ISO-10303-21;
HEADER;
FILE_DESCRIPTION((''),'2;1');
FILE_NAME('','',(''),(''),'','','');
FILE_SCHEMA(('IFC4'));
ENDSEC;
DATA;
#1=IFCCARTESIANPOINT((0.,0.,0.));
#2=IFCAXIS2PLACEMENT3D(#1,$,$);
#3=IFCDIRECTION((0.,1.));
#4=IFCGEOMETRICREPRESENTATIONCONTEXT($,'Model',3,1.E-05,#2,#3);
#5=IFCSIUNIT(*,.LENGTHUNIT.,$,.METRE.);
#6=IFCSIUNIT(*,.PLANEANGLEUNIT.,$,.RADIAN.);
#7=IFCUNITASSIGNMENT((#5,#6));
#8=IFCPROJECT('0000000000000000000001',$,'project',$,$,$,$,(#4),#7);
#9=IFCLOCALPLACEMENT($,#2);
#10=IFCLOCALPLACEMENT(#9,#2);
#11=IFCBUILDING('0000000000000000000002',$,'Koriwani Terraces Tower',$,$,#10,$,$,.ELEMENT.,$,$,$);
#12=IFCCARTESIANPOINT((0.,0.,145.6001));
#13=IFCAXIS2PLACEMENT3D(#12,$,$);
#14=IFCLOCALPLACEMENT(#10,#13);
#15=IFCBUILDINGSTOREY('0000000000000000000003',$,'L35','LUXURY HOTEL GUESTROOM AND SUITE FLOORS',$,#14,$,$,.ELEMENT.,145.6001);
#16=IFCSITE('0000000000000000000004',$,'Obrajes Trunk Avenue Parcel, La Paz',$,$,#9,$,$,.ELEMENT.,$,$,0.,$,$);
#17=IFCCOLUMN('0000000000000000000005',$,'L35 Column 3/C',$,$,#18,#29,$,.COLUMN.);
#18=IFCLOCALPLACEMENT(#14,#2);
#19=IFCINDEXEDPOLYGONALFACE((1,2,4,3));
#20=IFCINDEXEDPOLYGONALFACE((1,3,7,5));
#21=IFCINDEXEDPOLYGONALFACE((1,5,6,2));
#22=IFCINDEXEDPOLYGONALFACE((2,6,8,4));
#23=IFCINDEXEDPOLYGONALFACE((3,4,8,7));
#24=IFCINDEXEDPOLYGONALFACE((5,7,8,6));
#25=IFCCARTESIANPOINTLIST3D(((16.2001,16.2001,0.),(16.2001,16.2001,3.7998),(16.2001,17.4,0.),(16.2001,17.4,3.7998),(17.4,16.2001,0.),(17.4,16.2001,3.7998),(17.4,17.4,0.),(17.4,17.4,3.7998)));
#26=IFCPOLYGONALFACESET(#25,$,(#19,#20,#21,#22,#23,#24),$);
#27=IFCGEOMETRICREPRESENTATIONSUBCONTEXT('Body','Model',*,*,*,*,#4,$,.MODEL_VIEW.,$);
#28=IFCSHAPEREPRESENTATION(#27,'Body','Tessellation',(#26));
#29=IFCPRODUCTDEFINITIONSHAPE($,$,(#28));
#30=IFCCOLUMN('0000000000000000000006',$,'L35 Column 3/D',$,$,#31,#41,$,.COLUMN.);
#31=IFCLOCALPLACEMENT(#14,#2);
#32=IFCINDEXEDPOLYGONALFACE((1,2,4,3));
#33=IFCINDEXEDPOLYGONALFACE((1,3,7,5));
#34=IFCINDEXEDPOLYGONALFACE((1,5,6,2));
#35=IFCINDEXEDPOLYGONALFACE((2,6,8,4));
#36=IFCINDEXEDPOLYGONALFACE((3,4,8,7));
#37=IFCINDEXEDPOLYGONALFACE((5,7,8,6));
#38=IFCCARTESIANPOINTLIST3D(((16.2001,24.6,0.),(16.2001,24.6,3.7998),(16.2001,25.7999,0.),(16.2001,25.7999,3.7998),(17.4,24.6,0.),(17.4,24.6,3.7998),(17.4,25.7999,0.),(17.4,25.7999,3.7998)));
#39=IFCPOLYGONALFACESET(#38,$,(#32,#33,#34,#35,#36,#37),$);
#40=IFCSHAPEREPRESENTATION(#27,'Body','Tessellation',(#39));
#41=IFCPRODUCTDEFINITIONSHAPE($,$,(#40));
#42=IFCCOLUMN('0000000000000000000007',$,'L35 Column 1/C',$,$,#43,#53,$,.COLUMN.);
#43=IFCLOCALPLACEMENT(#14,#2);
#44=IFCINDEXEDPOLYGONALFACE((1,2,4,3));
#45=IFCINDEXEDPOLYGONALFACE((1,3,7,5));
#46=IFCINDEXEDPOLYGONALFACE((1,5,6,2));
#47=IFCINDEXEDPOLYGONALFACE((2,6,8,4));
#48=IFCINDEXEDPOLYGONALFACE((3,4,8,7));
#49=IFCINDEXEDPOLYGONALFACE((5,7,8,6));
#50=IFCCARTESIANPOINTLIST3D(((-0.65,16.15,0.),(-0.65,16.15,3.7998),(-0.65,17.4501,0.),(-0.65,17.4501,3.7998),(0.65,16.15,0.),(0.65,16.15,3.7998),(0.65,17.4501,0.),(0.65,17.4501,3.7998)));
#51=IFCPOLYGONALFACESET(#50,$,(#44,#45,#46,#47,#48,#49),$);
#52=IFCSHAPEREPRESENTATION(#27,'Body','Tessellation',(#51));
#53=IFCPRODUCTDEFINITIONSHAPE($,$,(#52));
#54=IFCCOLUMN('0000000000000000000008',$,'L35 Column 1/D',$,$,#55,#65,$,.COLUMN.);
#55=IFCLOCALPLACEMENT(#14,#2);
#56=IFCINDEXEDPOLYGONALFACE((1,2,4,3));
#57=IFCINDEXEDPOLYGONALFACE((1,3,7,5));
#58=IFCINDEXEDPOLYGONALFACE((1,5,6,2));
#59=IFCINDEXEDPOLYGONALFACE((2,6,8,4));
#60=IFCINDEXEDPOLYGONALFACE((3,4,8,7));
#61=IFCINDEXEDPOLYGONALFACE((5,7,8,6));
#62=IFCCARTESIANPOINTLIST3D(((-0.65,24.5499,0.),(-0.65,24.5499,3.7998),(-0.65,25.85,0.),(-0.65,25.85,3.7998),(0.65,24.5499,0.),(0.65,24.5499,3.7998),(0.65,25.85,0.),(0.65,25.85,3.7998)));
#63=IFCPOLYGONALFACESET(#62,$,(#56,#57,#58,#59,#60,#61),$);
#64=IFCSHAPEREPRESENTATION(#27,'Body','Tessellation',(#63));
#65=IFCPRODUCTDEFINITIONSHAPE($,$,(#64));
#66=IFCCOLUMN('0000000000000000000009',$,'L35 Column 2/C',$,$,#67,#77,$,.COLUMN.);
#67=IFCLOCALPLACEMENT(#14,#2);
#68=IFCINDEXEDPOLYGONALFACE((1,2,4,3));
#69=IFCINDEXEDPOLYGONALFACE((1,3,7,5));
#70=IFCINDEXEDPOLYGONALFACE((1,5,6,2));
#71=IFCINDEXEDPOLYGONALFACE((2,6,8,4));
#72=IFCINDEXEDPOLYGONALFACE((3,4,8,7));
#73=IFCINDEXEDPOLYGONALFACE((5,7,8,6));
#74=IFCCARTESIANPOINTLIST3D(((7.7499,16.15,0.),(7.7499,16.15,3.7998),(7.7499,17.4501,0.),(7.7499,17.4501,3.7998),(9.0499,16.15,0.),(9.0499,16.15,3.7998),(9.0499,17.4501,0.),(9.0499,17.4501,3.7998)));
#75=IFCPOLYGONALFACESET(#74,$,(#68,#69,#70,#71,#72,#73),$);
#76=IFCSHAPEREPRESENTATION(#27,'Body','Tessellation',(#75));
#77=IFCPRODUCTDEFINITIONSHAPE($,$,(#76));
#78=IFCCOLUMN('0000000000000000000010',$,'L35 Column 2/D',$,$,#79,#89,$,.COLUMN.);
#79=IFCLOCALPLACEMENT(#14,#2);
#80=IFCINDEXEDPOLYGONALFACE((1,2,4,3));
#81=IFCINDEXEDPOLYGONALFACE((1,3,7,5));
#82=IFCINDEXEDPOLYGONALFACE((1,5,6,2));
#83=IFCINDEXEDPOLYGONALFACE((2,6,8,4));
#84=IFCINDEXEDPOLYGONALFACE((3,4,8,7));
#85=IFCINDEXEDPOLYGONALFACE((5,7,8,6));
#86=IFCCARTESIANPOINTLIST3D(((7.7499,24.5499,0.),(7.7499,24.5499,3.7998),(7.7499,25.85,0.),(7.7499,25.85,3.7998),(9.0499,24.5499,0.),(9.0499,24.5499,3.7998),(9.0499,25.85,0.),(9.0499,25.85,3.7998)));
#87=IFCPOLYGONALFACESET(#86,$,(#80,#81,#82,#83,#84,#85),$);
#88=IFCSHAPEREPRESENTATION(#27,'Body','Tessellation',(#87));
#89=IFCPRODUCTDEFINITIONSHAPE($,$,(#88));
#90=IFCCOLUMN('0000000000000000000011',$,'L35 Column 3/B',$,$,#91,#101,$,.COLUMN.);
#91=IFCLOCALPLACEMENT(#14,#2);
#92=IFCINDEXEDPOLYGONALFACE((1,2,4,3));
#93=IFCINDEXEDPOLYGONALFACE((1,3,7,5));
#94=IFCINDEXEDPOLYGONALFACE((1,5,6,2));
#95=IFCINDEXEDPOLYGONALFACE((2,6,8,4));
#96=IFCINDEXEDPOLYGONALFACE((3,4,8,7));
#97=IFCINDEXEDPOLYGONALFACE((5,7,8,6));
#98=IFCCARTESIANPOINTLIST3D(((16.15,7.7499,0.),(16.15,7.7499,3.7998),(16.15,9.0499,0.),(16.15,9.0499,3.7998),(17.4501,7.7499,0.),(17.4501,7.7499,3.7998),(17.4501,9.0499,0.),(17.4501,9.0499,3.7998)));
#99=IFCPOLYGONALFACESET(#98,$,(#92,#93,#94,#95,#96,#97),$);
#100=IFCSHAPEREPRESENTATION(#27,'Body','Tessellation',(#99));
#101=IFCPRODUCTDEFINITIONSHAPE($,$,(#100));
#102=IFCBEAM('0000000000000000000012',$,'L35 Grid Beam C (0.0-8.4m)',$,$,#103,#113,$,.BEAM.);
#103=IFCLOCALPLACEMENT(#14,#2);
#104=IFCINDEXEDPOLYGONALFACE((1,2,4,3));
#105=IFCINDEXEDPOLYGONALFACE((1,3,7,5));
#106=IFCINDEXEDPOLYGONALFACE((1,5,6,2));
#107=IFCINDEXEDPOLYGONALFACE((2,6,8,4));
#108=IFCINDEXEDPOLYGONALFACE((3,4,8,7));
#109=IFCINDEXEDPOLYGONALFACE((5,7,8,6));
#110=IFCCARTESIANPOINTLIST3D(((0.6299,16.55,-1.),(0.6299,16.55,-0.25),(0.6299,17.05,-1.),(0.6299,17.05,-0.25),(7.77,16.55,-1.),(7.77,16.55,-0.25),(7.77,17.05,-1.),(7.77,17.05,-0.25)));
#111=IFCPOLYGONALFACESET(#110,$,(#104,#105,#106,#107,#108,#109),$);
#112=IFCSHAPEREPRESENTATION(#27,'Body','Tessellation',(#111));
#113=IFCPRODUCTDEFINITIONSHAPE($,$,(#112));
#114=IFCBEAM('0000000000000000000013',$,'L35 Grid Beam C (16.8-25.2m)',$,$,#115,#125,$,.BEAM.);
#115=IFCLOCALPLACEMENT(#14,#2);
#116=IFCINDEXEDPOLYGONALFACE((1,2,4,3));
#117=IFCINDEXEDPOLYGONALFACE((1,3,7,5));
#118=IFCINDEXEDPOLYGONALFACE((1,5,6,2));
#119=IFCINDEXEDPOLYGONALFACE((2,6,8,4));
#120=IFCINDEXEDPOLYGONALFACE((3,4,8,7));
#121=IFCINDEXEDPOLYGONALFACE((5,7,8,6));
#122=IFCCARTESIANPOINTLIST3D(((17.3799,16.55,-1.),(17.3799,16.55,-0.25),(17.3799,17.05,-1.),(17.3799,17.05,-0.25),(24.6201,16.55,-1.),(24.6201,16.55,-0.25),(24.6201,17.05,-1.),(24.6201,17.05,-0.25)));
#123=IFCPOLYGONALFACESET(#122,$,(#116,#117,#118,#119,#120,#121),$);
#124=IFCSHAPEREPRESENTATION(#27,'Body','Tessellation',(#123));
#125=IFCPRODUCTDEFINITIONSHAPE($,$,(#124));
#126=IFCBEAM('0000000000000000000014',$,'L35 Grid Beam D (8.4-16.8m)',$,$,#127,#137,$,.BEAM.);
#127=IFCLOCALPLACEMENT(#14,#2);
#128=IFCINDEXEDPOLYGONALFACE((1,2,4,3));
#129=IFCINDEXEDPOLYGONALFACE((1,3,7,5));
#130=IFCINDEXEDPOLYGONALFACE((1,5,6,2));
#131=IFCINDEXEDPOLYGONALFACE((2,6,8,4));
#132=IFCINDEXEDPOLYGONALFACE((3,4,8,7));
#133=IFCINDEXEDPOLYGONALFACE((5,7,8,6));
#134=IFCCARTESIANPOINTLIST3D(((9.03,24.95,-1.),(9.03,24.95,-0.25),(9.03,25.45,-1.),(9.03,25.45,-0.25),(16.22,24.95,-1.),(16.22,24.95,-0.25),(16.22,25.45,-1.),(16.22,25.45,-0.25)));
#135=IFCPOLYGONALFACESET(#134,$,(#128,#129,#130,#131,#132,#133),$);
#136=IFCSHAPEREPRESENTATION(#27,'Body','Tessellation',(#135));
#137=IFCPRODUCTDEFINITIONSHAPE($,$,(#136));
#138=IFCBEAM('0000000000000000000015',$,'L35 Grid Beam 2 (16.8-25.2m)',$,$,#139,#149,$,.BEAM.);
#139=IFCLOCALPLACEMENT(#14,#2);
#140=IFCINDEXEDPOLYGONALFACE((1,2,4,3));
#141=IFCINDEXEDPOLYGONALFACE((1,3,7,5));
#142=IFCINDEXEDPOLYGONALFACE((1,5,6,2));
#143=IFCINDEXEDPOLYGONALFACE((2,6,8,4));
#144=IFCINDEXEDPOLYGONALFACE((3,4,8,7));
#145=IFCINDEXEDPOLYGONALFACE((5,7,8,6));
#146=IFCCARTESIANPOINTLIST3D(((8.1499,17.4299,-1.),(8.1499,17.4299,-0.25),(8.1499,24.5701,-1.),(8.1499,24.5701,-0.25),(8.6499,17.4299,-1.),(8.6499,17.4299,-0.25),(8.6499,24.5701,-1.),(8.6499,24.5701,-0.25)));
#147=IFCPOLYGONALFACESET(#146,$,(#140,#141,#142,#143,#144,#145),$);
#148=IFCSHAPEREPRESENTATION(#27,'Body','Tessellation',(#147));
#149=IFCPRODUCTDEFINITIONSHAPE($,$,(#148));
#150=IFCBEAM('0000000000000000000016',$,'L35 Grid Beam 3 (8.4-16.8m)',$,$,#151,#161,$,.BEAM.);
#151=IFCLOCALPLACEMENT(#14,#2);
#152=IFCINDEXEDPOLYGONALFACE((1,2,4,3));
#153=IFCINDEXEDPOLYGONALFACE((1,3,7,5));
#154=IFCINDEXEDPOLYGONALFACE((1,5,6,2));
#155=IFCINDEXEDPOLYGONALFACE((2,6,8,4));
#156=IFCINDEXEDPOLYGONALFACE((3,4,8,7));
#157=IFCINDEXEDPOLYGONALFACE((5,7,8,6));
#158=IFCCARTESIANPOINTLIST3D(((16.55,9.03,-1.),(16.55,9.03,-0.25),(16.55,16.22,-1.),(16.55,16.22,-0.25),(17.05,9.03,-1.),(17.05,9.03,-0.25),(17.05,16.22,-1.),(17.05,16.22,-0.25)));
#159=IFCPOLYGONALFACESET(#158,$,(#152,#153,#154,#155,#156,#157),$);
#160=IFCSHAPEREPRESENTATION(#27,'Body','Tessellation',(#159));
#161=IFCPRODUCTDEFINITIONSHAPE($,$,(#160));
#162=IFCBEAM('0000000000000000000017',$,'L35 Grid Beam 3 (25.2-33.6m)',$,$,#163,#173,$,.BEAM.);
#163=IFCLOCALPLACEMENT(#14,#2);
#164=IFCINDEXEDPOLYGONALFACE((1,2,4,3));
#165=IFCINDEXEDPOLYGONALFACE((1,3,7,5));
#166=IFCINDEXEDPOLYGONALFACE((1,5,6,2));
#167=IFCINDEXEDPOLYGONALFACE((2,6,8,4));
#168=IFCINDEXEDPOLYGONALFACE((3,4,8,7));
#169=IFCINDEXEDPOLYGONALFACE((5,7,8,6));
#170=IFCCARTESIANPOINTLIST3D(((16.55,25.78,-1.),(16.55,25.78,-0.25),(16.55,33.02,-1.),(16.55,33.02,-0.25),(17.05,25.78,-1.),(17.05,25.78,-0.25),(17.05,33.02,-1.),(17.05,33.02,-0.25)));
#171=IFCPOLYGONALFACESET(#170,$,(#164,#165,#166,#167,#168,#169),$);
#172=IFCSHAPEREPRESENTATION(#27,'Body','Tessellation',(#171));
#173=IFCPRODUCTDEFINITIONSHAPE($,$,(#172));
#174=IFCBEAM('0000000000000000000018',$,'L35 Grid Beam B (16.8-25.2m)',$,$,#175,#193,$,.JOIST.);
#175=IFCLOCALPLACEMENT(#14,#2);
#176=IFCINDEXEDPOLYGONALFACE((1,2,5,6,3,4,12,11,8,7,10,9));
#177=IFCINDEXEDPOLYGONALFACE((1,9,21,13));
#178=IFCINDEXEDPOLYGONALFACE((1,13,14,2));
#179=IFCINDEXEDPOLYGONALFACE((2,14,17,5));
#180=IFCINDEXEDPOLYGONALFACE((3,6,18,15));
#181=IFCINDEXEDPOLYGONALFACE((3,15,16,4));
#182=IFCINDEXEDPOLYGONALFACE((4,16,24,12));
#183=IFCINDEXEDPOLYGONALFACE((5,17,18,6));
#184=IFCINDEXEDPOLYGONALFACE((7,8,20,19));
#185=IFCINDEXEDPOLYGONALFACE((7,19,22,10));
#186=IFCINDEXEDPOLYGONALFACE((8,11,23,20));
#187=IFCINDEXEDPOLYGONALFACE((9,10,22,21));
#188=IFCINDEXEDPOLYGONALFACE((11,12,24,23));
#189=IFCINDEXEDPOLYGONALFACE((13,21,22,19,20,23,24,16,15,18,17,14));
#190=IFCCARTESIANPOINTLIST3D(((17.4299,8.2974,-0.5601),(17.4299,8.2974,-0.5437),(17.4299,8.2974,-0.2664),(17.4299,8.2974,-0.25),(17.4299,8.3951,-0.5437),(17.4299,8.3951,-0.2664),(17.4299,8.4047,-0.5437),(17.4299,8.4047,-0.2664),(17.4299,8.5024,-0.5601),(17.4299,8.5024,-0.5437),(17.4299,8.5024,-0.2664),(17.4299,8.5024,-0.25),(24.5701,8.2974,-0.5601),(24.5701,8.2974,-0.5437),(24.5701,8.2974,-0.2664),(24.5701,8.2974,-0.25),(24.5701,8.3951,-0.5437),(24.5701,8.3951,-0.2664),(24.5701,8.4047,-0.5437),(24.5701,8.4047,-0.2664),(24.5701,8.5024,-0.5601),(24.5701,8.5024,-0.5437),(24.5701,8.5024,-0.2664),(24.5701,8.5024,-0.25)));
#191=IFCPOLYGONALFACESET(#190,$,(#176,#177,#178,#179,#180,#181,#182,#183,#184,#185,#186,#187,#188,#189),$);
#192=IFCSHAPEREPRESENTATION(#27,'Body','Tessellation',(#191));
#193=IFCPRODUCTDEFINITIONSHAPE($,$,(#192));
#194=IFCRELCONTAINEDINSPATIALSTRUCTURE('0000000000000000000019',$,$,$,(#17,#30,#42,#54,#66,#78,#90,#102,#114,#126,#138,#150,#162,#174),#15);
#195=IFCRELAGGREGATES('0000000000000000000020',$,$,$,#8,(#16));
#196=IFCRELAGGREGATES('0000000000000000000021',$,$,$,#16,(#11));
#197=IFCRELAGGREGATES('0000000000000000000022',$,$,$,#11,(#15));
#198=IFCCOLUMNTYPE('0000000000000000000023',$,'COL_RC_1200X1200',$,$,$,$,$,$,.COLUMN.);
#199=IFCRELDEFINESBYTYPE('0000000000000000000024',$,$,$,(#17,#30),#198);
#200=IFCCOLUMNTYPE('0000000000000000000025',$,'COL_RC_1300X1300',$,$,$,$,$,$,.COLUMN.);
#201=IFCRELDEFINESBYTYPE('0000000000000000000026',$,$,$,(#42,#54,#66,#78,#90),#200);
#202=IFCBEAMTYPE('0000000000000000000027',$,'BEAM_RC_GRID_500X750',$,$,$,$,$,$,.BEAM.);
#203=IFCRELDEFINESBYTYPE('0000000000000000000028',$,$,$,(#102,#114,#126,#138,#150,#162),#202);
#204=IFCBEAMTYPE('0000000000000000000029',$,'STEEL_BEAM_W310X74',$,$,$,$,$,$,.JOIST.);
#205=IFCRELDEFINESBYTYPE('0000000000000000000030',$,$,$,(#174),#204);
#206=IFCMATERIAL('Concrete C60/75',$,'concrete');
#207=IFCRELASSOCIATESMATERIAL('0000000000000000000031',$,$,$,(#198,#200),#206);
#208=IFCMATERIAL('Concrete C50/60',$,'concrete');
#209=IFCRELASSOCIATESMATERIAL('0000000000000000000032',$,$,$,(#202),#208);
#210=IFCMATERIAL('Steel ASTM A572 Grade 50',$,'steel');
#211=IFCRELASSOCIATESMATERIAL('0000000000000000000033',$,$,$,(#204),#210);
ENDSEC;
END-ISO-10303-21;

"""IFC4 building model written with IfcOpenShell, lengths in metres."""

from ifc_helpers import new_model, si_unit, direction, frame, origin, origin_2d, place, context, subcontext, project, spatial, rectangle, i_section, extrude, material, material_profile, profile_set, type_object, element, save


model = new_model("IFC4")

# Units and contexts
model_context = context("Model", 3, precision=1e-05, world=origin(), true_north=direction((0.0, 1.0)))
body_context = subcontext(model_context, "Body", "Model", "MODEL_VIEW")
ifc_project = project(units=[si_unit("LENGTHUNIT", "METRE"), si_unit("PLANEANGLEUNIT", "RADIAN")], contexts=[model_context])

# Site, building, storey
site_placement = place(None, origin())
site = spatial("IfcSite", under=ifc_project, at=site_placement, Name="Obrajes Trunk Avenue Parcel, La Paz", CompositionType="ELEMENT", RefElevation=0.0)
building_placement = place(site_placement, origin())
building = spatial("IfcBuilding", under=site, at=building_placement, Name="Koriwani Terraces Tower", CompositionType="ELEMENT")
storey_placement = place(building_placement, frame((0.0, 0.0, 145.6001)))
storey = spatial("IfcBuildingStorey", under=building, at=storey_placement, Name="L35", Description="LUXURY HOTEL GUESTROOM AND SUITE FLOORS", CompositionType="ELEMENT", Elevation=145.6001)

# Columns
ifc_material_1 = material(Name="Concrete C60/75", Category="concrete")
ifc_material_profile_1 = material_profile(ifc_material_1, rectangle(XDim=1.2, YDim=1.2, at=origin_2d()), Name="Concrete C60/75", Category="LoadBearing")
ifc_profile_set_1 = profile_set([ifc_material_profile_1], Name="Concrete C60/75")
column_type_1 = type_object("IfcColumnType", Name="COL_RC_1200X1200", PredefinedType="COLUMN", material=ifc_profile_set_1)
for number, where, z_axis, x_axis, name in (
    (1, (16.8, 16.8, 0.0), (0.0, 0.0, 1.0), (1.0, 0.0, 0.0), "L35 Column 3/C"),
    (2, (16.8, 25.2, 0.0), (0.0, 0.0, 1.0), (1.0, 0.0, 0.0), "L35 Column 3/D"),
):
    element("IfcColumn", number, at=place(storey_placement, frame(where, z_axis=z_axis, x_axis=x_axis)), inside=storey, type_object=column_type_1, Name=name, PredefinedType="COLUMN", context=body_context, shape_type="SweptSolid", body=[
        extrude(rectangle(XDim=1.2, YDim=1.2, at=origin_2d()), origin(), (0.0, 0.0, 1.0), 3.7998),
    ])
ifc_material_profile_2 = material_profile(ifc_material_1, rectangle(XDim=1.3, YDim=1.3, at=origin_2d()), Name="Concrete C60/75", Category="LoadBearing")
ifc_profile_set_2 = profile_set([ifc_material_profile_2], Name="Concrete C60/75")
column_type_2 = type_object("IfcColumnType", Name="COL_RC_1300X1300", PredefinedType="COLUMN", material=ifc_profile_set_2)
for number, where, z_axis, x_axis, name in (
    (3, (0.0, 16.8, 0.0), (0.0, 0.0, 1.0), (1.0, 0.0, 0.0), "L35 Column 1/C"),
    (4, (0.0, 25.2, 0.0), (0.0, 0.0, 1.0), (1.0, 0.0, 0.0), "L35 Column 1/D"),
    (5, (8.3999, 16.8, 0.0), (0.0, 0.0, 1.0), (1.0, 0.0, 0.0), "L35 Column 2/C"),
    (6, (8.3999, 25.2, 0.0), (0.0, 0.0, 1.0), (1.0, 0.0, 0.0), "L35 Column 2/D"),
    (7, (16.8, 8.3999, 0.0), (0.0, 0.0, 1.0), (1.0, 0.0, 0.0), "L35 Column 3/B"),
):
    element("IfcColumn", number, at=place(storey_placement, frame(where, z_axis=z_axis, x_axis=x_axis)), inside=storey, type_object=column_type_2, Name=name, PredefinedType="COLUMN", context=body_context, shape_type="SweptSolid", body=[
        extrude(rectangle(XDim=1.3, YDim=1.3, at=origin_2d()), origin(), (0.0, 0.0, 1.0), 3.7998),
    ])

# Beams
ifc_material_2 = material(Name="Concrete C50/60", Category="concrete")
ifc_material_profile_3 = material_profile(ifc_material_2, rectangle(XDim=0.5, YDim=0.75, at=origin_2d()), Name="Concrete C50/60", Category="LoadBearing")
ifc_profile_set_3 = profile_set([ifc_material_profile_3], Name="Concrete C50/60")
beam_type_1 = type_object("IfcBeamType", Name="BEAM_RC_GRID_500X750", PredefinedType="BEAM", material=ifc_profile_set_3)
beam_1_placement = place(storey_placement, frame((0.6299, 16.8, -0.625), z_axis=(1.0, 0.0, 0.0), x_axis=(0.0, 1.0, 0.0)))
element("IfcBeam", 8, at=beam_1_placement, inside=storey, type_object=beam_type_1, Name="L35 Grid Beam C (0.0-8.4m)", PredefinedType="BEAM", context=body_context, shape_type="SweptSolid", body=[
    extrude(rectangle(XDim=0.5, YDim=0.75, at=origin_2d()), origin(), (0.0, 0.0, 1.0), 7.1401),
])
beam_2_placement = place(storey_placement, frame((17.3799, 16.8, -0.625), z_axis=(1.0, 0.0, 0.0), x_axis=(0.0, 1.0, 0.0)))
element("IfcBeam", 9, at=beam_2_placement, inside=storey, type_object=beam_type_1, Name="L35 Grid Beam C (16.8-25.2m)", PredefinedType="BEAM", context=body_context, shape_type="SweptSolid", body=[
    extrude(rectangle(XDim=0.5, YDim=0.75, at=origin_2d()), origin(), (0.0, 0.0, 1.0), 7.2402),
])
beam_3_placement = place(storey_placement, frame((9.03, 25.2, -0.625), z_axis=(1.0, 0.0, 0.0), x_axis=(0.0, 1.0, 0.0)))
element("IfcBeam", 10, at=beam_3_placement, inside=storey, type_object=beam_type_1, Name="L35 Grid Beam D (8.4-16.8m)", PredefinedType="BEAM", context=body_context, shape_type="SweptSolid", body=[
    extrude(rectangle(XDim=0.5, YDim=0.75, at=origin_2d()), origin(), (0.0, 0.0, 1.0), 7.1899),
])
beam_4_placement = place(storey_placement, frame((8.3999, 17.4299, -0.625), z_axis=(0.0, 1.0, 0.0), x_axis=(-1.0, 0.0, 0.0)))
element("IfcBeam", 11, at=beam_4_placement, inside=storey, type_object=beam_type_1, Name="L35 Grid Beam 2 (16.8-25.2m)", PredefinedType="BEAM", context=body_context, shape_type="SweptSolid", body=[
    extrude(rectangle(XDim=0.5, YDim=0.75, at=origin_2d()), origin(), (0.0, 0.0, 1.0), 7.1401),
])
beam_5_placement = place(storey_placement, frame((16.8, 9.03, -0.625), z_axis=(0.0, 1.0, 0.0), x_axis=(-1.0, 0.0, 0.0)))
element("IfcBeam", 12, at=beam_5_placement, inside=storey, type_object=beam_type_1, Name="L35 Grid Beam 3 (8.4-16.8m)", PredefinedType="BEAM", context=body_context, shape_type="SweptSolid", body=[
    extrude(rectangle(XDim=0.5, YDim=0.75, at=origin_2d()), origin(), (0.0, 0.0, 1.0), 7.1899),
])
beam_6_placement = place(storey_placement, frame((16.8, 25.78, -0.625), z_axis=(0.0, 1.0, 0.0), x_axis=(-1.0, 0.0, 0.0)))
element("IfcBeam", 13, at=beam_6_placement, inside=storey, type_object=beam_type_1, Name="L35 Grid Beam 3 (25.2-33.6m)", PredefinedType="BEAM", context=body_context, shape_type="SweptSolid", body=[
    extrude(rectangle(XDim=0.5, YDim=0.75, at=origin_2d()), origin(), (0.0, 0.0, 1.0), 7.24),
])
ifc_material_3 = material(Name="Steel ASTM A572 Grade 50", Category="steel")
ifc_material_profile_4 = material_profile(ifc_material_3, i_section(OverallWidth=0.2051, OverallDepth=0.3101, WebThickness=0.0095, FlangeThickness=0.0164, at=origin_2d()), Name="Steel ASTM A572 Grade 50", Category="LoadBearing")
ifc_profile_set_4 = profile_set([ifc_material_profile_4], Name="Steel ASTM A572 Grade 50")
beam_type_2 = type_object("IfcBeamType", Name="STEEL_BEAM_W310X74", PredefinedType="JOIST", material=ifc_profile_set_4)
beam_7_placement = place(storey_placement, frame((17.4299, 8.3999, -0.405), z_axis=(1.0, 0.0, 0.0), x_axis=(0.0, 1.0, 0.0)))
element("IfcBeam", 14, at=beam_7_placement, inside=storey, type_object=beam_type_2, Name="L35 Grid Beam B (16.8-25.2m)", PredefinedType="JOIST", context=body_context, shape_type="SweptSolid", body=[
    extrude(i_section(OverallWidth=0.2051, OverallDepth=0.3101, WebThickness=0.0095, FlangeThickness=0.0164, at=origin_2d()), origin(), (0.0, 0.0, 1.0), 7.1401),
])

save(model, "model.ifc")
